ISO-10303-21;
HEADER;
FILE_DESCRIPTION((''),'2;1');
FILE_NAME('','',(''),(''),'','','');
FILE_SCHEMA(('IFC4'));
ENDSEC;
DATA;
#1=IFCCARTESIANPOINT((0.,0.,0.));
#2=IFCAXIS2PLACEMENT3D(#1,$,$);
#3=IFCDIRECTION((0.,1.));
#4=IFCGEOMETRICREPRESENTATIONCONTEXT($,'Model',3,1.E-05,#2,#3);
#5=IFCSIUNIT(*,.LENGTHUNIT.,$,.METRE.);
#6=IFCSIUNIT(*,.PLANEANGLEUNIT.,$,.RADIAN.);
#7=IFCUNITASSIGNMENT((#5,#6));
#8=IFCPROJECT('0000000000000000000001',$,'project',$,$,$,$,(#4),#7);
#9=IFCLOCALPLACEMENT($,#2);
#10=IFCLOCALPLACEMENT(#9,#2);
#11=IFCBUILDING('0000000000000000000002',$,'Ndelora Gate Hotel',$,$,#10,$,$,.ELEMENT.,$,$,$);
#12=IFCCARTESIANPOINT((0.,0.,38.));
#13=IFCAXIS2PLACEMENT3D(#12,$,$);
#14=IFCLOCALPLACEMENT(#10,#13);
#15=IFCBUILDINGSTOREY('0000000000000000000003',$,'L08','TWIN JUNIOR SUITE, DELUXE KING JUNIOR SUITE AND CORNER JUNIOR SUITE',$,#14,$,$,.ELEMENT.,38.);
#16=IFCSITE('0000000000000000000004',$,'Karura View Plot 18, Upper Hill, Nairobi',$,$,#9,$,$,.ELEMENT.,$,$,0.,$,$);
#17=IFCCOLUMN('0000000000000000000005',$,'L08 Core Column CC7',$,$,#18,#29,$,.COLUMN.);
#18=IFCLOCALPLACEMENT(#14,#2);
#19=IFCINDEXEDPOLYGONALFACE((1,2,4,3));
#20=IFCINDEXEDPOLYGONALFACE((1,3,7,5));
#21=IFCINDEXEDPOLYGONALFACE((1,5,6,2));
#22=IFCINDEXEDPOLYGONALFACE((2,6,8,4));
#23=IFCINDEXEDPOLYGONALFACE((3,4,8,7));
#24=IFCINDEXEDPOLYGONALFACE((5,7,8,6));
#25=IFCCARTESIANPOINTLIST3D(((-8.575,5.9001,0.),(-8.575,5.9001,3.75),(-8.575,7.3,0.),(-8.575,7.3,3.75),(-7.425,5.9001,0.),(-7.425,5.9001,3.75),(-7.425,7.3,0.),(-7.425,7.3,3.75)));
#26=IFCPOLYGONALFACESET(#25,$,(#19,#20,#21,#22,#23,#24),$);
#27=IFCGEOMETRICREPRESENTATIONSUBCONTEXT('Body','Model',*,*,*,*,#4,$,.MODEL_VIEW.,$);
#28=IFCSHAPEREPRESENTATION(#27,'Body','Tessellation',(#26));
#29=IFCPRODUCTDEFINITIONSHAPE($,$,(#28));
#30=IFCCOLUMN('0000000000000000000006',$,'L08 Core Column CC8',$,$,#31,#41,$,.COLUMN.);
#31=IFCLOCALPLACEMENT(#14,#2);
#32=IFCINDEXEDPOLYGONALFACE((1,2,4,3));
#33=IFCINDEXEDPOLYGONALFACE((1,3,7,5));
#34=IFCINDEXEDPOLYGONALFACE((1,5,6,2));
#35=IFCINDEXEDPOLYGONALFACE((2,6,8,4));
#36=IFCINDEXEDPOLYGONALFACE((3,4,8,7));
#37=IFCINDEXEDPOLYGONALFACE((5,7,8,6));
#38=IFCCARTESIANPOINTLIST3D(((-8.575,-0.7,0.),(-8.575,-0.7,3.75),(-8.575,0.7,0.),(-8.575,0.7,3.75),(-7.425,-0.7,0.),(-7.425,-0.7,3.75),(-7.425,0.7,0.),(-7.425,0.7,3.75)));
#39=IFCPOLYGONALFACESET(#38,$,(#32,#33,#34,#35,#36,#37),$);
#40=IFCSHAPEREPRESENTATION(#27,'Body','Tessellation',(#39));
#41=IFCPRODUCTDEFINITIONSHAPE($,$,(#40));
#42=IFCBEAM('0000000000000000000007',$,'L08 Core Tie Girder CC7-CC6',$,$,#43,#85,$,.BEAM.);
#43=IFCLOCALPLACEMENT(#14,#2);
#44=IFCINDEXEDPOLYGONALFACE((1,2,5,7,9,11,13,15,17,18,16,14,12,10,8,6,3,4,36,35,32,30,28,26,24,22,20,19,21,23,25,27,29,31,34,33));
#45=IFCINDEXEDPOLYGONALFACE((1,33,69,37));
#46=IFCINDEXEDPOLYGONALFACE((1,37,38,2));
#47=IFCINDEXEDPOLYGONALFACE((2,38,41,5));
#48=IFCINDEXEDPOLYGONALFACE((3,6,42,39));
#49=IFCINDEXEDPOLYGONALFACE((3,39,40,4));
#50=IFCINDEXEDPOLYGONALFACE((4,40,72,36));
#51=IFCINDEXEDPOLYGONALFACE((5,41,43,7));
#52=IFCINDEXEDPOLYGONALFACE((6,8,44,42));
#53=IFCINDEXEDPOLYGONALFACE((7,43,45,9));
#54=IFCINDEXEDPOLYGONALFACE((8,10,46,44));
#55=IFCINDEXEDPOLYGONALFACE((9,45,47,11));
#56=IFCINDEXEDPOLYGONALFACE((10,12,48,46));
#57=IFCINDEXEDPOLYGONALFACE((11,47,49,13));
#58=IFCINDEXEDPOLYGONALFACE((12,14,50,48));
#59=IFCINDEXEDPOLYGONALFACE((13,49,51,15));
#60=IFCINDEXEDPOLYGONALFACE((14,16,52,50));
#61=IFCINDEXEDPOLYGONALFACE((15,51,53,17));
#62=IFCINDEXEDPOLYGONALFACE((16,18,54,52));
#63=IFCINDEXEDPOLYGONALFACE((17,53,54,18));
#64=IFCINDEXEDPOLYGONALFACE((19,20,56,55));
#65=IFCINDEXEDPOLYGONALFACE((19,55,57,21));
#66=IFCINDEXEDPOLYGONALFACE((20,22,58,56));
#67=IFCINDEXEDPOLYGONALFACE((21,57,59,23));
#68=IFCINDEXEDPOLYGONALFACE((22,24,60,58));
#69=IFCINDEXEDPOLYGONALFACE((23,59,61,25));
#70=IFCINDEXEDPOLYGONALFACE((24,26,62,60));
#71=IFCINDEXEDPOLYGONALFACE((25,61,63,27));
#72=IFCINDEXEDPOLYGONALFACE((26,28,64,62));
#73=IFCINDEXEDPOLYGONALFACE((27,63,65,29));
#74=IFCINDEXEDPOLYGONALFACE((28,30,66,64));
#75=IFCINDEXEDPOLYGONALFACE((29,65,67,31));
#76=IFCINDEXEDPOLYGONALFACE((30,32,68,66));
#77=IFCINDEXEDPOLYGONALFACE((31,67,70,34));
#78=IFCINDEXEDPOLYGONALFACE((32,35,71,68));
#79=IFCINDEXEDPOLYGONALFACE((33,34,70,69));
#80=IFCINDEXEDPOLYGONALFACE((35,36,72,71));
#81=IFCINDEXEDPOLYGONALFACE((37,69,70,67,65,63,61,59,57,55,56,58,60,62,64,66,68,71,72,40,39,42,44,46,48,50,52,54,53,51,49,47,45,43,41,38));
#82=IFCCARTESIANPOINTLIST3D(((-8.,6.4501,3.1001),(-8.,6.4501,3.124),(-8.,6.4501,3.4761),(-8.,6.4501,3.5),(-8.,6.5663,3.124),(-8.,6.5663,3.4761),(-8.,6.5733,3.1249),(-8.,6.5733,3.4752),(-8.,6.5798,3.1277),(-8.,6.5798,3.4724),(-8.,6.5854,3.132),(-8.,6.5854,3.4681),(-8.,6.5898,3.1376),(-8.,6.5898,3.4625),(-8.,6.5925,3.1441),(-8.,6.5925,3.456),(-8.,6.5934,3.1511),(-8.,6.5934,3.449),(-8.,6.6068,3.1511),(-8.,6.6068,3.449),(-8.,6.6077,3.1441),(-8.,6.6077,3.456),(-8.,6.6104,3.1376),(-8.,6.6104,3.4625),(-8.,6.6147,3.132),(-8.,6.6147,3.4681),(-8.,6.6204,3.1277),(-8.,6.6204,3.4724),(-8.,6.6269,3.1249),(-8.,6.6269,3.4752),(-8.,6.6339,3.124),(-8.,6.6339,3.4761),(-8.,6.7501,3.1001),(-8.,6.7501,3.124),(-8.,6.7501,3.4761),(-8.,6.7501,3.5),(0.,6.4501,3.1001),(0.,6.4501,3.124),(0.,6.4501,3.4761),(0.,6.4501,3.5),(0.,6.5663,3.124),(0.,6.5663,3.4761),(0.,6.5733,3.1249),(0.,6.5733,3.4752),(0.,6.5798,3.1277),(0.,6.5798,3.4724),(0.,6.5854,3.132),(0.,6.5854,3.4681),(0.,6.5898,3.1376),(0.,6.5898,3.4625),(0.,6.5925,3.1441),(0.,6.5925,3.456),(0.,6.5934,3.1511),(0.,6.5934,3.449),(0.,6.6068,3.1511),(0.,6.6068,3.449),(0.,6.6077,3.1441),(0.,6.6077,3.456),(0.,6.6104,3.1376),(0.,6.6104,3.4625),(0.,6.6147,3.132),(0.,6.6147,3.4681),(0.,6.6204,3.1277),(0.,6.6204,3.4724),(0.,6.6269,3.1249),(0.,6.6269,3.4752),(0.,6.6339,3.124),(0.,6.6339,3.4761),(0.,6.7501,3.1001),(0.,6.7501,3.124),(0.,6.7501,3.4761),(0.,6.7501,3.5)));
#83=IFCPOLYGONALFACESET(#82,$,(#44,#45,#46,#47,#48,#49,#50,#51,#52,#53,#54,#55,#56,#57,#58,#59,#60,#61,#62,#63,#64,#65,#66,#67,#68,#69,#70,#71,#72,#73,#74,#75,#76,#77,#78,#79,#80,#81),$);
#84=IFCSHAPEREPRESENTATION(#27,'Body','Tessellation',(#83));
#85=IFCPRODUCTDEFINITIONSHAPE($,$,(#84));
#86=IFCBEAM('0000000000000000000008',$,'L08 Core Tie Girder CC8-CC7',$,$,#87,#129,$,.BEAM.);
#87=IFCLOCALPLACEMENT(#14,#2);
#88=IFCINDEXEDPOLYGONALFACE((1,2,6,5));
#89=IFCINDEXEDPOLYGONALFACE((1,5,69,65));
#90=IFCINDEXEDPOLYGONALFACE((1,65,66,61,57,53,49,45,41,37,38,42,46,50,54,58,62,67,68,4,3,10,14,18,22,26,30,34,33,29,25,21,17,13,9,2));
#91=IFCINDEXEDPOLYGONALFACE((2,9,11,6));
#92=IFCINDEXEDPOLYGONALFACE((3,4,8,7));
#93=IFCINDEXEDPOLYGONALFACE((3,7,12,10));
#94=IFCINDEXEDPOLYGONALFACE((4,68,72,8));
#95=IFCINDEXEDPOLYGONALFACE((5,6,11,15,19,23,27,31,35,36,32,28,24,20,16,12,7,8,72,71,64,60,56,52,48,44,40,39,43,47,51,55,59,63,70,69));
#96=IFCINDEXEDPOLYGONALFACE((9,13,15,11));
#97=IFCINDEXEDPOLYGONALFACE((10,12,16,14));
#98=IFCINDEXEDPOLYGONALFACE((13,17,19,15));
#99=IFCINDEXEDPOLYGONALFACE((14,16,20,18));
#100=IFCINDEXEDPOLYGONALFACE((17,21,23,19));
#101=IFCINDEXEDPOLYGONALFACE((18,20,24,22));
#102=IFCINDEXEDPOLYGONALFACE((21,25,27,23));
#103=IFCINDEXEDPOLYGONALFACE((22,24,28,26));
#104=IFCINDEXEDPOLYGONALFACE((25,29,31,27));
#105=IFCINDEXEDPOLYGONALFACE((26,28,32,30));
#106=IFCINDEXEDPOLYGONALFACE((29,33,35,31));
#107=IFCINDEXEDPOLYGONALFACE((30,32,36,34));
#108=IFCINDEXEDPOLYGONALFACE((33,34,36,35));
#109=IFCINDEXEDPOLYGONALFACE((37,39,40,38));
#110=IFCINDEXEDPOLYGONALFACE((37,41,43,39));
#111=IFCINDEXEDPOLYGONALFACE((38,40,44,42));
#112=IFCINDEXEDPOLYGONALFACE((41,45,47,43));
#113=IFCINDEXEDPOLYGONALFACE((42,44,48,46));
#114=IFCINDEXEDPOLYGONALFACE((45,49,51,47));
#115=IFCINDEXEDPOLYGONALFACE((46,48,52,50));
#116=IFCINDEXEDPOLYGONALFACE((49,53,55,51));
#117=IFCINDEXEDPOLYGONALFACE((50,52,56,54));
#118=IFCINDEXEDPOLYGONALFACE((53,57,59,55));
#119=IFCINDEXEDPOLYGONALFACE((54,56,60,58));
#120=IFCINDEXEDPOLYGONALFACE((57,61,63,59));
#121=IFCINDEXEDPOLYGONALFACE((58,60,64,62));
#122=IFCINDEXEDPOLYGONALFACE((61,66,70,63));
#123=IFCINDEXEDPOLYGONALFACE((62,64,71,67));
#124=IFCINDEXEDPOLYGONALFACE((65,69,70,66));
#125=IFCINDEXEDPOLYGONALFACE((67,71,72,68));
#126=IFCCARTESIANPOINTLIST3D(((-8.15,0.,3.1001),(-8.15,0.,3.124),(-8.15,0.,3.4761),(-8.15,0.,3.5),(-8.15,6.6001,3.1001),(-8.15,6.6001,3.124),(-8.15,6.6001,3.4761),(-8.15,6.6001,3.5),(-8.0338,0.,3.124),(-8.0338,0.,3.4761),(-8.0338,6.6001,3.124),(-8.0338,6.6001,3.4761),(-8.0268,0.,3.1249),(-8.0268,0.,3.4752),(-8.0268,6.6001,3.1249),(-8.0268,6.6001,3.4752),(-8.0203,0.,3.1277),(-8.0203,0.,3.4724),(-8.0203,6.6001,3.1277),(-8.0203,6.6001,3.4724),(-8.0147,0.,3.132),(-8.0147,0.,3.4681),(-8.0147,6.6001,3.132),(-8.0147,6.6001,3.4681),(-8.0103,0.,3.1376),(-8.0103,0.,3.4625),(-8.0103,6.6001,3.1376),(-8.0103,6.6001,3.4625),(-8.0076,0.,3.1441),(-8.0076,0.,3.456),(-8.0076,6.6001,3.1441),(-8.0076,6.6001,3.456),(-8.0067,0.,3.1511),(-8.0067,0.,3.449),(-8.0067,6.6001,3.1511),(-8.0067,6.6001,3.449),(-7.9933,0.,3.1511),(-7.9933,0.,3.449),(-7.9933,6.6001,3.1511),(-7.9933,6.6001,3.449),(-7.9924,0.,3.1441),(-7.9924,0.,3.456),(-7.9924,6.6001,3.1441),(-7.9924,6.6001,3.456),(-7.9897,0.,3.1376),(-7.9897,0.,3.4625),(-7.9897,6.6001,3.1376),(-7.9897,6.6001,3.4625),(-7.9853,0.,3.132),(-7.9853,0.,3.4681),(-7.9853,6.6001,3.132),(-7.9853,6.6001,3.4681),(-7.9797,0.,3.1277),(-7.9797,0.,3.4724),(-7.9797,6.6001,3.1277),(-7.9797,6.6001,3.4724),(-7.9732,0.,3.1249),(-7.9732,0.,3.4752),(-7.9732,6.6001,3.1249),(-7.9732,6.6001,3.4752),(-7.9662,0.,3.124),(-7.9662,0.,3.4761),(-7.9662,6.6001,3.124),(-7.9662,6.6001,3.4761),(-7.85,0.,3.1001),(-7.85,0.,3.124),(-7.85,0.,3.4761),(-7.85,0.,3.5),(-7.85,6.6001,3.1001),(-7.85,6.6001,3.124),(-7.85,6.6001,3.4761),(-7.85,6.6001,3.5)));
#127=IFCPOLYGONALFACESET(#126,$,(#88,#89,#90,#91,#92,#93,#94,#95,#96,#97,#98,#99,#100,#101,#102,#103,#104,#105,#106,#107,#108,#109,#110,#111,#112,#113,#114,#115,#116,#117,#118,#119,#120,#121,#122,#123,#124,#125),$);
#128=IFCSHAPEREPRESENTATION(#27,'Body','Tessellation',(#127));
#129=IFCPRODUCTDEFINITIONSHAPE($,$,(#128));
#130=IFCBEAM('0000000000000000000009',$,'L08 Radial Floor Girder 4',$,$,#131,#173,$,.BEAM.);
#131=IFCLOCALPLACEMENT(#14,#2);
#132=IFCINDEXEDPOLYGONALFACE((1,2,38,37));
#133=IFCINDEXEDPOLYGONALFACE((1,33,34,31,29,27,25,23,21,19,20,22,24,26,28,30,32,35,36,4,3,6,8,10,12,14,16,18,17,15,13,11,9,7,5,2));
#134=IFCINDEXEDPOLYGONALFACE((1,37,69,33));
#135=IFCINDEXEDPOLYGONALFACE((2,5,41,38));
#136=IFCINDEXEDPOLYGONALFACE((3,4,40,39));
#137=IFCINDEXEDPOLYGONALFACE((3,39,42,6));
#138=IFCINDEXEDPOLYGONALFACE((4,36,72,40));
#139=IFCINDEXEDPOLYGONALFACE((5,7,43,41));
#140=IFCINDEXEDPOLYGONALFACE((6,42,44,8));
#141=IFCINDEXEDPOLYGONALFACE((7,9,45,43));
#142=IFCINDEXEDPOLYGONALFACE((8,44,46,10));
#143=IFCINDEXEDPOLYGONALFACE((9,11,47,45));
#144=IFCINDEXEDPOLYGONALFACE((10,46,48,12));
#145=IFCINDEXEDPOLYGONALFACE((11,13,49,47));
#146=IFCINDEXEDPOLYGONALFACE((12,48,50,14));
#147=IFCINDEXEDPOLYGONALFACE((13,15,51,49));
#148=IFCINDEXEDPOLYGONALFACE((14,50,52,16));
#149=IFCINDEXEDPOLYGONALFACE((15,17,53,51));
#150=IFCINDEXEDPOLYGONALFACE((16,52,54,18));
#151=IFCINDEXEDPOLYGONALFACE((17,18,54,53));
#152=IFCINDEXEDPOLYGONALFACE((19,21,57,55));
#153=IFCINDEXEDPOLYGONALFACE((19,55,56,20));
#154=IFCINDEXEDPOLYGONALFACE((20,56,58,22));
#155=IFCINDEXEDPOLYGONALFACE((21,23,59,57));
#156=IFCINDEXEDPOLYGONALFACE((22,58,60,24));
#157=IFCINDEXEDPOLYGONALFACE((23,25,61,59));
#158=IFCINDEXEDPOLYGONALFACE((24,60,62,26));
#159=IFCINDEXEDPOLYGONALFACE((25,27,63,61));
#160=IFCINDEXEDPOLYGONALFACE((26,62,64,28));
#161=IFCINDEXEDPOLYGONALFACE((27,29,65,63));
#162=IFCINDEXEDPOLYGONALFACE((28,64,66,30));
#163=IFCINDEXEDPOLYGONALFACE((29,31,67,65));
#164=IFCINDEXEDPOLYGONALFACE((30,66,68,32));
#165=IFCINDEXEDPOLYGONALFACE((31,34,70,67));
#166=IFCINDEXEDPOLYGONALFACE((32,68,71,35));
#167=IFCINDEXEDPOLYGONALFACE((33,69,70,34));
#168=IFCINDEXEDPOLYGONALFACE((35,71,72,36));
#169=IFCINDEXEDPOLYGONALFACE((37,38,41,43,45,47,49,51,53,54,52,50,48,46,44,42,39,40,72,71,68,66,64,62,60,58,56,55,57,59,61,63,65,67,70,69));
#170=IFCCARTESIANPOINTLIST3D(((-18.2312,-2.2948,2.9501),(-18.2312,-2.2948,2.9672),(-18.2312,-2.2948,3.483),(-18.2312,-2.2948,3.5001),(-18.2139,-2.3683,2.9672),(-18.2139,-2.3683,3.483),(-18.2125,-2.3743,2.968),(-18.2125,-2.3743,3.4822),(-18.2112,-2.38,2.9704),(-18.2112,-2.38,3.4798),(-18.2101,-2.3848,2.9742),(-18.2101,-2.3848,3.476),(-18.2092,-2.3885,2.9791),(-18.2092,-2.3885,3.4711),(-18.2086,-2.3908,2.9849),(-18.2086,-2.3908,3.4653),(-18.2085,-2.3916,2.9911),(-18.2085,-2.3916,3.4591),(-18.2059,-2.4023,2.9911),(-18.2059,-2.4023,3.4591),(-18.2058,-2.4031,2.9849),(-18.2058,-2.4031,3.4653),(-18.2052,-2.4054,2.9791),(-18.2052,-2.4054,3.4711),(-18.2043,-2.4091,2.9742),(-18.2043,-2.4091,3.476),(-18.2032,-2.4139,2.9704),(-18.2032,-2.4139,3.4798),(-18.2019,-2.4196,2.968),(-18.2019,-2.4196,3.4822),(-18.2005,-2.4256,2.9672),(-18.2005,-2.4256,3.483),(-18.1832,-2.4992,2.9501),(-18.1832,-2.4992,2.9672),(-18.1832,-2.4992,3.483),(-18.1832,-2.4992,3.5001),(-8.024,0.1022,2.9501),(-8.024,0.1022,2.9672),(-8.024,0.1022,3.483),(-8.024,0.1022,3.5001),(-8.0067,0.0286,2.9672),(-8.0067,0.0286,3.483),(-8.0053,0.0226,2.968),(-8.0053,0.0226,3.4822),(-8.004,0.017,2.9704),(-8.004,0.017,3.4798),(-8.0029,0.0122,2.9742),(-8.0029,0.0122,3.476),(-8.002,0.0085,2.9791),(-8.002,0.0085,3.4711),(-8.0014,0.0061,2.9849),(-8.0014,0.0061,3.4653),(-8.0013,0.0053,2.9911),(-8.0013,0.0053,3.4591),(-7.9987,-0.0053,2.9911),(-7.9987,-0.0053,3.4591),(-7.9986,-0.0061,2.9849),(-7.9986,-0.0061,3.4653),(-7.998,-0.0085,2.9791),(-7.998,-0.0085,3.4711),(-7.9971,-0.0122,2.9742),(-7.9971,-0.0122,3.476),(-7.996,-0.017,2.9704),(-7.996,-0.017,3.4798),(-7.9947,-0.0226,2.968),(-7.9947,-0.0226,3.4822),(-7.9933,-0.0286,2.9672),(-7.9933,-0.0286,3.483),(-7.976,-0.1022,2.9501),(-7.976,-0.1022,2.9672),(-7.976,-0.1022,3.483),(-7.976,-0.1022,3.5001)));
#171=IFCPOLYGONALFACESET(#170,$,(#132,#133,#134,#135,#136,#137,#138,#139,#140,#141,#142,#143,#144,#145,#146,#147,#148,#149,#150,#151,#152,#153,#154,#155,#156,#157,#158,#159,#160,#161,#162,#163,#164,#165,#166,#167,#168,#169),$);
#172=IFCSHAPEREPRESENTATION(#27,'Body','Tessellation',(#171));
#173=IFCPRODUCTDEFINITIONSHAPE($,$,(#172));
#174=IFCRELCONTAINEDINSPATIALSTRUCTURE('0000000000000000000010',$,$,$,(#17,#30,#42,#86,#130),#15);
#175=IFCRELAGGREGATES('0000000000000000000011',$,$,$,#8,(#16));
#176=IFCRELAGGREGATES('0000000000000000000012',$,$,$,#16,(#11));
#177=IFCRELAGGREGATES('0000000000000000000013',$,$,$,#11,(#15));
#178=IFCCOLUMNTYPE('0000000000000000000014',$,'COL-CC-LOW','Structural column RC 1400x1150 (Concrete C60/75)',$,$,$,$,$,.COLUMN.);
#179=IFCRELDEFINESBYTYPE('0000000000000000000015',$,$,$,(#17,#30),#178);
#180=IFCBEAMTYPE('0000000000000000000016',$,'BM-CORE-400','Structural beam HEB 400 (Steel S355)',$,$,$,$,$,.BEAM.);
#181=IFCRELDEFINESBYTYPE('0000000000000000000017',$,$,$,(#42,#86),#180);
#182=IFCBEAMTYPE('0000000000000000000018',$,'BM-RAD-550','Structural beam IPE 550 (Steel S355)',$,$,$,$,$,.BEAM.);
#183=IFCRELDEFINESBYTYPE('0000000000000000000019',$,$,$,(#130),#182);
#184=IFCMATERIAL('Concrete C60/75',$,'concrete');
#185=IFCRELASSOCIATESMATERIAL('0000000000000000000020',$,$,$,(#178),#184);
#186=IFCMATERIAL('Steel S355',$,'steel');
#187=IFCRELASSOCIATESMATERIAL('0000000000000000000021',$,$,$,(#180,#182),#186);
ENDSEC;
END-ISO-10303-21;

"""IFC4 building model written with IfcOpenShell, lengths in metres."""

from ifc_helpers import new_model, si_unit, direction, frame, origin, origin_2d, place, context, subcontext, project, spatial, rectangle, i_section, extrude, material, material_profile, profile_set, type_object, element, save


model = new_model("IFC4")

# Units and contexts
model_context = context("Model", 3, precision=1e-05, world=origin(), true_north=direction((0.0, 1.0)))
body_context = subcontext(model_context, "Body", "Model", "MODEL_VIEW")
ifc_project = project(units=[si_unit("LENGTHUNIT", "METRE"), si_unit("PLANEANGLEUNIT", "RADIAN")], contexts=[model_context])

# Site, building, storey
site_placement = place(None, origin())
site = spatial("IfcSite", under=ifc_project, at=site_placement, Name="Karura View Plot 18, Upper Hill, Nairobi", CompositionType="ELEMENT", RefElevation=0.0)
building_placement = place(site_placement, origin())
building = spatial("IfcBuilding", under=site, at=building_placement, Name="Ndelora Gate Hotel", CompositionType="ELEMENT")
storey_placement = place(building_placement, frame((0.0, 0.0, 38.0)))
storey = spatial("IfcBuildingStorey", under=building, at=storey_placement, Name="L08", Description="TWIN JUNIOR SUITE, DELUXE KING JUNIOR SUITE AND CORNER JUNIOR SUITE", CompositionType="ELEMENT", Elevation=38.0)

# Columns
ifc_material_1 = material(Name="Concrete C60/75", Category="concrete")
ifc_material_profile_1 = material_profile(ifc_material_1, rectangle(XDim=1.1499, YDim=1.3999, at=origin_2d()), Name="RC 1400x1150")
ifc_profile_set_1 = profile_set([ifc_material_profile_1], Name="Concrete C60/75")
column_type = type_object("IfcColumnType", Name="COL-CC-LOW", Description="Structural column RC 1400x1150 (Concrete C60/75)", PredefinedType="COLUMN", material=ifc_profile_set_1)
for number, where, z_axis, x_axis, name in (
    (1, (-8.0, 6.6001, 0.0), (0.0, 0.0, 1.0), (1.0, 0.0, 0.0), "L08 Core Column CC7"),
    (2, (-8.0, 0.0, 0.0), (0.0, 0.0, 1.0), (1.0, 0.0, 0.0), "L08 Core Column CC8"),
):
    element("IfcColumn", number, at=place(storey_placement, frame(where, z_axis=z_axis, x_axis=x_axis)), inside=storey, type_object=column_type, Name=name, PredefinedType="COLUMN", context=body_context, shape_type="SweptSolid", body=[
        extrude(rectangle(XDim=1.1499, YDim=1.3999, at=origin_2d()), origin(), (0.0, 0.0, 1.0), 3.75),
    ])

# Beams
ifc_material_2 = material(Name="Steel S355", Category="steel")
ifc_material_profile_2 = material_profile(ifc_material_2, i_section(OverallWidth=0.3, OverallDepth=0.3999, WebThickness=0.0134, FlangeThickness=0.0239, FilletRadius=0.0271, at=origin_2d()), Name="HEB 400")
ifc_profile_set_2 = profile_set([ifc_material_profile_2], Name="Steel S355")
beam_type_1 = type_object("IfcBeamType", Name="BM-CORE-400", Description="Structural beam HEB 400 (Steel S355)", PredefinedType="BEAM", material=ifc_profile_set_2)
beam_1_placement = place(storey_placement, frame((-8.0, 6.6001, 3.3), z_axis=(1.0, 0.0, 0.0), x_axis=(0.0, 1.0, 0.0)))
element("IfcBeam", 3, at=beam_1_placement, inside=storey, type_object=beam_type_1, Name="L08 Core Tie Girder CC7-CC6", PredefinedType="BEAM", context=body_context, shape_type="SweptSolid", body=[
    extrude(i_section(OverallWidth=0.3, OverallDepth=0.3999, WebThickness=0.0134, FlangeThickness=0.0239, FilletRadius=0.0271, at=origin_2d()), origin(), (0.0, 0.0, 1.0), 8.0),
])
beam_2_placement = place(storey_placement, frame((-8.0, 0.0, 3.3), z_axis=(0.0, 1.0, 0.0), x_axis=(-1.0, 0.0, 0.0)))
element("IfcBeam", 4, at=beam_2_placement, inside=storey, type_object=beam_type_1, Name="L08 Core Tie Girder CC8-CC7", PredefinedType="BEAM", context=body_context, shape_type="SweptSolid", body=[
    extrude(i_section(OverallWidth=0.3, OverallDepth=0.3999, WebThickness=0.0134, FlangeThickness=0.0239, FilletRadius=0.0271, at=origin_2d()), origin(), (0.0, 0.0, 1.0), 6.6001),
])
ifc_material_profile_3 = material_profile(ifc_material_2, i_section(OverallWidth=0.21, OverallDepth=0.55, WebThickness=0.011, FlangeThickness=0.0171, FilletRadius=0.0239, at=origin_2d()), Name="IPE 550")
ifc_profile_set_3 = profile_set([ifc_material_profile_3], Name="Steel S355")
beam_type_2 = type_object("IfcBeamType", Name="BM-RAD-550", Description="Structural beam IPE 550 (Steel S355)", PredefinedType="BEAM", material=ifc_profile_set_3)
beam_3_placement = place(storey_placement, frame((-8.0, 0.0, 3.2251), z_axis=(-0.973518, -0.228611, 0.0), x_axis=(0.228611, -0.973518, 0.0)))
element("IfcBeam", 5, at=beam_3_placement, inside=storey, type_object=beam_type_2, Name="L08 Radial Floor Girder 4", PredefinedType="BEAM", context=body_context, shape_type="SweptSolid", body=[
    extrude(i_section(OverallWidth=0.21, OverallDepth=0.55, WebThickness=0.011, FlangeThickness=0.0171, FilletRadius=0.0239, at=origin_2d()), origin(), (0.0, 0.0, 1.0), 10.4849),
])

save(model, "model.ifc")
